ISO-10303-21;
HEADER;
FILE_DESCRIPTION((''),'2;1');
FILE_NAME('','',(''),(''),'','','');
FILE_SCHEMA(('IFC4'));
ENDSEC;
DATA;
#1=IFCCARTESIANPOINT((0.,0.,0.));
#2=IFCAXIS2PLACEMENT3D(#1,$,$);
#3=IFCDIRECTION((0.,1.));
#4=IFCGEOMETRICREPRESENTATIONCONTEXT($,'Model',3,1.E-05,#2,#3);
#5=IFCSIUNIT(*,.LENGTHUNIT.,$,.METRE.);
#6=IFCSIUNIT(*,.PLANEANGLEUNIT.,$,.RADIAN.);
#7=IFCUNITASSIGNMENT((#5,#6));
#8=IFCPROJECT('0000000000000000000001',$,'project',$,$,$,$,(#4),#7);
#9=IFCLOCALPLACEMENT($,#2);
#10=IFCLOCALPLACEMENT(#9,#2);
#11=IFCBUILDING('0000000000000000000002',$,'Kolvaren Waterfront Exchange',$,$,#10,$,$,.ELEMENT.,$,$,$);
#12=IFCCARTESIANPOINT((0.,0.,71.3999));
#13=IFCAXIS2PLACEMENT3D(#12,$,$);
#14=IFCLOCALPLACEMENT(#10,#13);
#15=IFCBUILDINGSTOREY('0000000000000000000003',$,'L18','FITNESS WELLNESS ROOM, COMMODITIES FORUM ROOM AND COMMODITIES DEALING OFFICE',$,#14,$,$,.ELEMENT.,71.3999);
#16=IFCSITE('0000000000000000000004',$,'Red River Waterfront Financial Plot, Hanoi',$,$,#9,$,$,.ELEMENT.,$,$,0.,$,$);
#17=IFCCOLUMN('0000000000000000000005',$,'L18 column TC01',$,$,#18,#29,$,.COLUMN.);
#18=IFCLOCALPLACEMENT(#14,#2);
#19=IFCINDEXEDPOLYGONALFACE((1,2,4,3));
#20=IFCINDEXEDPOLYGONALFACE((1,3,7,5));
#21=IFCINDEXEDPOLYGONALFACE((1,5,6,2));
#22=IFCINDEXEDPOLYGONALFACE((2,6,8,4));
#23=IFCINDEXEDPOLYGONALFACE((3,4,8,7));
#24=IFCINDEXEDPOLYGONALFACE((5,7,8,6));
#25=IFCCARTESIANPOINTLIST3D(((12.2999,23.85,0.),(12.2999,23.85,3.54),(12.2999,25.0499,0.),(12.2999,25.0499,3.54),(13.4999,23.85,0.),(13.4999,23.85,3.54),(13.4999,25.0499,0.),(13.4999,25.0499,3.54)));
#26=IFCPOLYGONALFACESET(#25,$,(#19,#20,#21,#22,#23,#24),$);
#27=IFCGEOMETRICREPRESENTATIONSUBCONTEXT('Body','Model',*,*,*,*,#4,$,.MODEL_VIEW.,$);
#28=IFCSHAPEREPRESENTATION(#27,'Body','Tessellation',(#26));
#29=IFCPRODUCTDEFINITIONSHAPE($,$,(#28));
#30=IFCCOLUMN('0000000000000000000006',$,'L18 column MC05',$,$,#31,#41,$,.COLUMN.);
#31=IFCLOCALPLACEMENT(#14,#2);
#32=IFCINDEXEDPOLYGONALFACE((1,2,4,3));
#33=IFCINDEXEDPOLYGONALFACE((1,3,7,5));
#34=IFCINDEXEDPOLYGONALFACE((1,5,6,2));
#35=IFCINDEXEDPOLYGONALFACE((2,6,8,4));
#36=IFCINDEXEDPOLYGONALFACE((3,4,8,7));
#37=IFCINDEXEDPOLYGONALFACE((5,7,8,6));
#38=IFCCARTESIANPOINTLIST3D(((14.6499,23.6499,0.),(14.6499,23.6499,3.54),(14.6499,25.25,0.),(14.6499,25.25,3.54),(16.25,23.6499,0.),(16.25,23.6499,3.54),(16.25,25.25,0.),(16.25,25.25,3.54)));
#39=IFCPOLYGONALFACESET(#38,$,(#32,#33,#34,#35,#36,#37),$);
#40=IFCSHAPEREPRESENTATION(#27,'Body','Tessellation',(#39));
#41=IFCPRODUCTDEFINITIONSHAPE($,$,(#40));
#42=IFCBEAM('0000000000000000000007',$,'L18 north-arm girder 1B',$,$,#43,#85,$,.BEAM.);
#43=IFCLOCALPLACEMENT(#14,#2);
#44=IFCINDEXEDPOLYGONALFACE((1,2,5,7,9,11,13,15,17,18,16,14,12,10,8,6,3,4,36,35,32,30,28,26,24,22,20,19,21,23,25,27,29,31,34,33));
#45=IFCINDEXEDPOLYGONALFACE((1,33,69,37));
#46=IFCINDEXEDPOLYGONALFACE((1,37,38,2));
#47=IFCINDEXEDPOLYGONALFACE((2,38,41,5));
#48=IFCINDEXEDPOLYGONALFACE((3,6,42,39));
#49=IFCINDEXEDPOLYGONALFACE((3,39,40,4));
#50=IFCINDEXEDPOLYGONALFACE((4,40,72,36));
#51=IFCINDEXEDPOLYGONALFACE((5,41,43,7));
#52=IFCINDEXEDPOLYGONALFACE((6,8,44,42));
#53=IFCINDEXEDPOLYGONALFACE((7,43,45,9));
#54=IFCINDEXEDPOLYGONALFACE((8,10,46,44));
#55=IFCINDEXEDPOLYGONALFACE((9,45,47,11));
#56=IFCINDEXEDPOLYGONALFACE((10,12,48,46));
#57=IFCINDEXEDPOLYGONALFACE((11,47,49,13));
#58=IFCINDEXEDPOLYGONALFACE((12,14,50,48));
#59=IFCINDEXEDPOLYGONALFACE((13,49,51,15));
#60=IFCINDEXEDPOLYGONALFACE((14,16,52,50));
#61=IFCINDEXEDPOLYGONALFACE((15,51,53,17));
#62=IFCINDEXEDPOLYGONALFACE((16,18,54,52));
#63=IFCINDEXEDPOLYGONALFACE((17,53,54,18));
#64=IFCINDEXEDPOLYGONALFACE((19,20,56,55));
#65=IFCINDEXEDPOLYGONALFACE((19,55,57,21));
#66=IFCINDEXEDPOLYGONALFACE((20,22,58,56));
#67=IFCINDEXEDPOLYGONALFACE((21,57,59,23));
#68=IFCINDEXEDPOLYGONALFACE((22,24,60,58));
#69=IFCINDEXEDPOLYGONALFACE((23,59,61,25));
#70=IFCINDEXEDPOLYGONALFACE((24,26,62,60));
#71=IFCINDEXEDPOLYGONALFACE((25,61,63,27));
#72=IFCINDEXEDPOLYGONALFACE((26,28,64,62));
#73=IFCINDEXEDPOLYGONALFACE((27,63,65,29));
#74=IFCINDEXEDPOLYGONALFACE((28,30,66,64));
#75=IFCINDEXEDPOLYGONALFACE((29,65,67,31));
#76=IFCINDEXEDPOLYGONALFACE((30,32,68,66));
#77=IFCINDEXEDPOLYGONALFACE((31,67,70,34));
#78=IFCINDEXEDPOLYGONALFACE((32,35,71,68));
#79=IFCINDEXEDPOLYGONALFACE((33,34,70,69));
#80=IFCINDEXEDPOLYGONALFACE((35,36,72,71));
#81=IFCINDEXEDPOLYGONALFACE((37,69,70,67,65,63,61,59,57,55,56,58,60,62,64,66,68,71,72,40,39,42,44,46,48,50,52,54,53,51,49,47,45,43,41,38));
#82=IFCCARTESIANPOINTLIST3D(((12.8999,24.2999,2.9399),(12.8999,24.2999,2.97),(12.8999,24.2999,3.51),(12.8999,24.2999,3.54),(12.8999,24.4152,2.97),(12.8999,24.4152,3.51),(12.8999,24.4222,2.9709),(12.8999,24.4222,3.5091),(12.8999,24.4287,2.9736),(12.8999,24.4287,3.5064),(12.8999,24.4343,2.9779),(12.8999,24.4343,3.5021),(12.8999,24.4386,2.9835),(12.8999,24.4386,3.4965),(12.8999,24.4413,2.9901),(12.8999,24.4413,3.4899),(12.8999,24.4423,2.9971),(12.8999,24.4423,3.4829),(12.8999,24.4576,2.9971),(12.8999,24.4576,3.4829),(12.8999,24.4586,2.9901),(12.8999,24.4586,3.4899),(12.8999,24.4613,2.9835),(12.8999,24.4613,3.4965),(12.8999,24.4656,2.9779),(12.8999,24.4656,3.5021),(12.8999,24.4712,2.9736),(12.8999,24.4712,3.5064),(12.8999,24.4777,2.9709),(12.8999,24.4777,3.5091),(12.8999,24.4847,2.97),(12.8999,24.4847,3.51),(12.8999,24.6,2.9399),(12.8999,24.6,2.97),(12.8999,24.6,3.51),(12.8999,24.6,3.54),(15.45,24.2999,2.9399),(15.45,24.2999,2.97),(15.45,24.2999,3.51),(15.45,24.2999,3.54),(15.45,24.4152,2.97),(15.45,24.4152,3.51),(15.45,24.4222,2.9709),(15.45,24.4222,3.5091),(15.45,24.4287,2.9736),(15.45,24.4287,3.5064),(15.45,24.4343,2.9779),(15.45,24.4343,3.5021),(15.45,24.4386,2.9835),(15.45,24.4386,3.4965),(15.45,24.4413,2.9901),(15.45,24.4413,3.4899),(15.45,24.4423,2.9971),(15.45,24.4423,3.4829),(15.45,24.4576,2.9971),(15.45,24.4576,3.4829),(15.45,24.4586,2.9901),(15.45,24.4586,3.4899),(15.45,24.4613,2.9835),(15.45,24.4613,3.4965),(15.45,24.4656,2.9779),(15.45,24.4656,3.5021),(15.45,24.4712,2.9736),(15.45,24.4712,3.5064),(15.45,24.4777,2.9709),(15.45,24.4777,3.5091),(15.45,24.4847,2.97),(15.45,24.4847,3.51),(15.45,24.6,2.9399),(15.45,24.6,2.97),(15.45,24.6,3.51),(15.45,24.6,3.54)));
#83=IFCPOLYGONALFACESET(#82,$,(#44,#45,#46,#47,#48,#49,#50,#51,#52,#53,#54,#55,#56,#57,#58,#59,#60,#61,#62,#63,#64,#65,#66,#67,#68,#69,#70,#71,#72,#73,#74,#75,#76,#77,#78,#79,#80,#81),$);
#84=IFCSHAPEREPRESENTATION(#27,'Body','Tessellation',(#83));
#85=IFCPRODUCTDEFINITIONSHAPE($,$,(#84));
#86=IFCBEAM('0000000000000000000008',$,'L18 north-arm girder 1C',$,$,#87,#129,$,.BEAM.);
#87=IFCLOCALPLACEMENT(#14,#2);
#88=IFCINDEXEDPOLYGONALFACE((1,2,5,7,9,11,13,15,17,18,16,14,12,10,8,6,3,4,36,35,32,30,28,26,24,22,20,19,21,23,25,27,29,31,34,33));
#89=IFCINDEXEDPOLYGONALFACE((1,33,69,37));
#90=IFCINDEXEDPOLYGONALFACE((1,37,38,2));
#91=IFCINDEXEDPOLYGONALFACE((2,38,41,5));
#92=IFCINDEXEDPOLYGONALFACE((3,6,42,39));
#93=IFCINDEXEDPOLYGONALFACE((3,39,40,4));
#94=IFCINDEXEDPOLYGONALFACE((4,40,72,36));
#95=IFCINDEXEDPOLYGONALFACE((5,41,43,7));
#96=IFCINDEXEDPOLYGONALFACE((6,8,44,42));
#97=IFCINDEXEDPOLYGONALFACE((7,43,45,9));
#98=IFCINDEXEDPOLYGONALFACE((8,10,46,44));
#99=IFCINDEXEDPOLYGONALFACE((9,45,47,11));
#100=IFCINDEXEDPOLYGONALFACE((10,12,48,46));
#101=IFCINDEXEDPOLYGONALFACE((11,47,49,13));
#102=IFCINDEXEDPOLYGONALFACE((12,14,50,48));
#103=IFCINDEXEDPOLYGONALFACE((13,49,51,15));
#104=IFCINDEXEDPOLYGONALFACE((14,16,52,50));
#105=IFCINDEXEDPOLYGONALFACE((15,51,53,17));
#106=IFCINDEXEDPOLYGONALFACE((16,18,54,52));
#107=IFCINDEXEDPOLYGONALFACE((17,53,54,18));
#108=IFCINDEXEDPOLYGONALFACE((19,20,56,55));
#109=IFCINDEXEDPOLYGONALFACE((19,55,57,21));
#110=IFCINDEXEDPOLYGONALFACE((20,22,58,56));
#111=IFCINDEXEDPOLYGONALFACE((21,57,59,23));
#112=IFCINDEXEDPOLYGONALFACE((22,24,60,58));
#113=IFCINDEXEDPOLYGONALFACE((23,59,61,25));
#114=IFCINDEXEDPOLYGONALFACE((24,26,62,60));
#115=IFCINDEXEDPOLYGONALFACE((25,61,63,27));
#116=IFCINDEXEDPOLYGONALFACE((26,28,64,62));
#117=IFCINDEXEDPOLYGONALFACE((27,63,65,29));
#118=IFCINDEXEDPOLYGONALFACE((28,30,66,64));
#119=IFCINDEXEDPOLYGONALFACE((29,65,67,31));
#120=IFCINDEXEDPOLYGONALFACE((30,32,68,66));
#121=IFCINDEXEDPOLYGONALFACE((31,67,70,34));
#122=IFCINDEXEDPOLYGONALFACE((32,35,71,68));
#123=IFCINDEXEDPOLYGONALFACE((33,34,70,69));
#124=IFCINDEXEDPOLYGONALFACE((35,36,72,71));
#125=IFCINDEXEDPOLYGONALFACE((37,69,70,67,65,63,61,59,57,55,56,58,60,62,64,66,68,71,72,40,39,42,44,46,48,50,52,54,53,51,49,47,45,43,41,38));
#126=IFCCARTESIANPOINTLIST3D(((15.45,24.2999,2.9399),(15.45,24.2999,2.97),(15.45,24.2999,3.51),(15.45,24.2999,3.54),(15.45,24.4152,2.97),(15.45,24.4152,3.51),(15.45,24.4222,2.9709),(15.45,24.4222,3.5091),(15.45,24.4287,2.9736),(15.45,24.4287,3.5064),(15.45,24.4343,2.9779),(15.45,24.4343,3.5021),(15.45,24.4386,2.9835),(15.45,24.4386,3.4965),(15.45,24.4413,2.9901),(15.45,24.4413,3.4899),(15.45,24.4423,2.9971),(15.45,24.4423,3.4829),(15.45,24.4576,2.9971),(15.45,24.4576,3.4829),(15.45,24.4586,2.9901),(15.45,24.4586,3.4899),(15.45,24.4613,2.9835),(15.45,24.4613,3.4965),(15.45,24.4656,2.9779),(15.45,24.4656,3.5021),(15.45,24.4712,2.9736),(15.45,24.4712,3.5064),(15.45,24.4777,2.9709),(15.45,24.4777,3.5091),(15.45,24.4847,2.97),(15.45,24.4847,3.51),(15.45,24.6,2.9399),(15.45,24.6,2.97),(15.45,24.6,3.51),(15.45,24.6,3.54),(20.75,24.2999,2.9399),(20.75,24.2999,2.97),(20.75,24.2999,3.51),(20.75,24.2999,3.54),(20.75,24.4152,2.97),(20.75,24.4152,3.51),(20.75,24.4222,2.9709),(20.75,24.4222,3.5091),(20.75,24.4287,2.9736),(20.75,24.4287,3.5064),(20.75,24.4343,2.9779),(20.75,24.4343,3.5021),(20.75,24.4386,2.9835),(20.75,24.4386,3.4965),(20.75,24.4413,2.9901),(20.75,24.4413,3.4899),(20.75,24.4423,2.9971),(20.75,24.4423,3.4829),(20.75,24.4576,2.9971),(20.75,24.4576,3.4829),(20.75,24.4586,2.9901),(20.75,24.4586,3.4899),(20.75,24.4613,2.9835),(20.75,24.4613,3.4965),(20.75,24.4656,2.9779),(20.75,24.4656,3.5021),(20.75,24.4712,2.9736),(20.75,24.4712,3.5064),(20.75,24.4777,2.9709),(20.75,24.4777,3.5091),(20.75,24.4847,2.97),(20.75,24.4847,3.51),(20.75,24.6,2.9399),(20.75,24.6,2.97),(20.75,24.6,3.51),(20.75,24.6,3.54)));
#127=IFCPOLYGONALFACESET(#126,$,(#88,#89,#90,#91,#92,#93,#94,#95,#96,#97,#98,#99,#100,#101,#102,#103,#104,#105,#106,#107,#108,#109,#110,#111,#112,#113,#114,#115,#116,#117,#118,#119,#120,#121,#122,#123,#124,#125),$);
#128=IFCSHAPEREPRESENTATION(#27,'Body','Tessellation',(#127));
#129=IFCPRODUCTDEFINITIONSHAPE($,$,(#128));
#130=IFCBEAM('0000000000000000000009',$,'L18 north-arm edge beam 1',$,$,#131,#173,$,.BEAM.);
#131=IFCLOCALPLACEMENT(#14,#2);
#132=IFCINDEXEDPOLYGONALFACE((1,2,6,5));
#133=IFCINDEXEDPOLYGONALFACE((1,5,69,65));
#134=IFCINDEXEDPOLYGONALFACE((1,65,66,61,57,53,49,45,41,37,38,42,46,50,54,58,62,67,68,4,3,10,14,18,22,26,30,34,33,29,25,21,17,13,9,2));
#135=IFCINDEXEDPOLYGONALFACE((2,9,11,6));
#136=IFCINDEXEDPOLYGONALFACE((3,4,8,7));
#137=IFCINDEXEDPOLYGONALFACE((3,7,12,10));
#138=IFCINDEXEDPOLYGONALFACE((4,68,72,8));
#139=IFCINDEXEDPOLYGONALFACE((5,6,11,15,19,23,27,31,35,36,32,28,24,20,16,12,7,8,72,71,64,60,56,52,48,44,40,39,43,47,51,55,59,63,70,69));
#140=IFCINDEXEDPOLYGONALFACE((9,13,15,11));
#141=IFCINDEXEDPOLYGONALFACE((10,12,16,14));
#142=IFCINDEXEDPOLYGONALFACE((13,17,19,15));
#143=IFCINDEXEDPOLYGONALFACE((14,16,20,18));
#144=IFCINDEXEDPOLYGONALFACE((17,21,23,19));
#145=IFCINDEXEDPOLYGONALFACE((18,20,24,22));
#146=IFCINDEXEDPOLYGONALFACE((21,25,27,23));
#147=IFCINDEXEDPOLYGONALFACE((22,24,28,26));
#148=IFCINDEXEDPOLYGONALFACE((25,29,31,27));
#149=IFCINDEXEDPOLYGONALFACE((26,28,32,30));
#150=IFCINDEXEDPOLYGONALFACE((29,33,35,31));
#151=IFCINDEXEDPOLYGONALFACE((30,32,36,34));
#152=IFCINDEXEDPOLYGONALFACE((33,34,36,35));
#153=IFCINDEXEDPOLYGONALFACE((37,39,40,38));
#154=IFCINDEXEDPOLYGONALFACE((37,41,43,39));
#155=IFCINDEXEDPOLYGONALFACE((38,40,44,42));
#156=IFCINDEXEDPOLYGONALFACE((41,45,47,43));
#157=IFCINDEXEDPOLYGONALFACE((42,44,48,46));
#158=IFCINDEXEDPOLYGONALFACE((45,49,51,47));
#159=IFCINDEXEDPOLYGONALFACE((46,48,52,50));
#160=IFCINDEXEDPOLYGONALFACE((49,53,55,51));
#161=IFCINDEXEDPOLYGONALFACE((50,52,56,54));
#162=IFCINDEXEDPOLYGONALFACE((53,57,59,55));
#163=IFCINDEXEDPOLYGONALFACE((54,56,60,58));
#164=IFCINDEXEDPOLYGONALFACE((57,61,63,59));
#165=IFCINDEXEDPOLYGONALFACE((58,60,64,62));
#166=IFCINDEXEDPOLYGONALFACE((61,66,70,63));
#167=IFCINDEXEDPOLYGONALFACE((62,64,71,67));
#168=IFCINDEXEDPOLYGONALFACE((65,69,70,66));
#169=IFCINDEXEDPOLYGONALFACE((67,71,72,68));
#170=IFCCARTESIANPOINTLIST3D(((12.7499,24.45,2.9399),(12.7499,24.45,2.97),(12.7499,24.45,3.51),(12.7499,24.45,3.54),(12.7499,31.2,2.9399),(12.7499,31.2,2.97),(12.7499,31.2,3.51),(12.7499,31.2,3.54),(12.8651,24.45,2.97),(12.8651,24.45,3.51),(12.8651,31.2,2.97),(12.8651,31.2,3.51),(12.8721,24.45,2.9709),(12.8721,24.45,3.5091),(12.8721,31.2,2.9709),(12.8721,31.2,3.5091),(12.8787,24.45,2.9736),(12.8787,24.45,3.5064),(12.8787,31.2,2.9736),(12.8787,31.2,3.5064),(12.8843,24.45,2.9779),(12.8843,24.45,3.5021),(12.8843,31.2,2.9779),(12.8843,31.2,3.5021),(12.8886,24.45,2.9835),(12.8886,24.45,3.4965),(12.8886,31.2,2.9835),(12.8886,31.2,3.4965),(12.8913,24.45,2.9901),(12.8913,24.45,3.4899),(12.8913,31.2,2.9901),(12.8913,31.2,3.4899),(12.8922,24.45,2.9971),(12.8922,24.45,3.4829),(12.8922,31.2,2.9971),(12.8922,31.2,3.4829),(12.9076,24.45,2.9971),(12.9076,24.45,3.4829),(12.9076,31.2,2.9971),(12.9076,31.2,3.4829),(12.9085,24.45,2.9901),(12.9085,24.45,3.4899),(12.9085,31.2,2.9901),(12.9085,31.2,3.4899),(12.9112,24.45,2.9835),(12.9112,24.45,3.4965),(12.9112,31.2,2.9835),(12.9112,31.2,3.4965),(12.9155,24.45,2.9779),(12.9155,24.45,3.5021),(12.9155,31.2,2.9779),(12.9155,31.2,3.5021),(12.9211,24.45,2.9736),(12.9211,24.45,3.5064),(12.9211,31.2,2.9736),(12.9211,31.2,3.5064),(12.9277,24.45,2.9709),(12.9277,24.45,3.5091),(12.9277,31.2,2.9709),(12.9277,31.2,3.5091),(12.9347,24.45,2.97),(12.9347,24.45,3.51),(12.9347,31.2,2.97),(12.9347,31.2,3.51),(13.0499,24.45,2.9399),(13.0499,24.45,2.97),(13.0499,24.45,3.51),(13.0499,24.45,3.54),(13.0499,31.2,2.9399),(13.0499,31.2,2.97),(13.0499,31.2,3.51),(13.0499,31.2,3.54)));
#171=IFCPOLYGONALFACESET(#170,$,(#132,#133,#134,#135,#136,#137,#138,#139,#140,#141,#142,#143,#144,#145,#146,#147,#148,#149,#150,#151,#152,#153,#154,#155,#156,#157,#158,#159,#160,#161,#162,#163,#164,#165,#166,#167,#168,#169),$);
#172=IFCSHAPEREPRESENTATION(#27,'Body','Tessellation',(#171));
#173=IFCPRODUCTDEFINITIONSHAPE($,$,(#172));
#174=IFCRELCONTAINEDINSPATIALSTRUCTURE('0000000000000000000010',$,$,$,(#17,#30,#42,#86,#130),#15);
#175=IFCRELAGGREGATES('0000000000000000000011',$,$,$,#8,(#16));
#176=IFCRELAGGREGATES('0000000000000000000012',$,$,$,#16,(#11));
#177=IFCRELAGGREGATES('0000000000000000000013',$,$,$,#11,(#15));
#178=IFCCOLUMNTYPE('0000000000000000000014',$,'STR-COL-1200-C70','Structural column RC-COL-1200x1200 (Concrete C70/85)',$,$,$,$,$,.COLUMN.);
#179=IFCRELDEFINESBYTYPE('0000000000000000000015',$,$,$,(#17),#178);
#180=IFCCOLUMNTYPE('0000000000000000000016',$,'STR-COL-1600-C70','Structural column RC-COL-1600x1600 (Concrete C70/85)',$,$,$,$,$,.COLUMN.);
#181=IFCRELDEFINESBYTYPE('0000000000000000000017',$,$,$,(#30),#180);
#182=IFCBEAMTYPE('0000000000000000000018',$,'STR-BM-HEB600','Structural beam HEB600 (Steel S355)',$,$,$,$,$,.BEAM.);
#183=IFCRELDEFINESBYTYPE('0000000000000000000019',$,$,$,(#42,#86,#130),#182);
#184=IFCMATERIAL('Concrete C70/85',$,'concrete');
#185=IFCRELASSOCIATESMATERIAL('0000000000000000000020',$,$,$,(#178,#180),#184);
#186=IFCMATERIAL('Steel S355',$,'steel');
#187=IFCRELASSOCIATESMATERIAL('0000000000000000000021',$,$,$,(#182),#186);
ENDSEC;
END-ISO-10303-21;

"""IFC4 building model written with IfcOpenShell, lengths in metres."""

from ifc_helpers import new_model, si_unit, direction, frame, origin, origin_2d, place, context, subcontext, project, spatial, rectangle, i_section, extrude, material, material_profile, profile_set, type_object, element, save


model = new_model("IFC4")

# Units and contexts
model_context = context("Model", 3, precision=1e-05, world=origin(), true_north=direction((0.0, 1.0)))
body_context = subcontext(model_context, "Body", "Model", "MODEL_VIEW")
ifc_project = project(units=[si_unit("LENGTHUNIT", "METRE"), si_unit("PLANEANGLEUNIT", "RADIAN")], contexts=[model_context])

# Site, building, storey
site_placement = place(None, origin())
site = spatial("IfcSite", under=ifc_project, at=site_placement, Name="Red River Waterfront Financial Plot, Hanoi", CompositionType="ELEMENT", RefElevation=0.0)
building_placement = place(site_placement, origin())
building = spatial("IfcBuilding", under=site, at=building_placement, Name="Kolvaren Waterfront Exchange", CompositionType="ELEMENT")
storey_placement = place(building_placement, frame((0.0, 0.0, 71.3999)))
storey = spatial("IfcBuildingStorey", under=building, at=storey_placement, Name="L18", Description="FITNESS WELLNESS ROOM, COMMODITIES FORUM ROOM AND COMMODITIES DEALING OFFICE", CompositionType="ELEMENT", Elevation=71.3999)

# Columns
ifc_material_1 = material(Name="Concrete C70/85", Category="concrete")
ifc_material_profile_1 = material_profile(ifc_material_1, rectangle(XDim=1.2, YDim=1.2, at=origin_2d()), Name="RC-COL-1200x1200")
ifc_profile_set_1 = profile_set([ifc_material_profile_1], Name="Concrete C70/85")
column_type_1 = type_object("IfcColumnType", Name="STR-COL-1200-C70", Description="Structural column RC-COL-1200x1200 (Concrete C70/85)", PredefinedType="COLUMN", material=ifc_profile_set_1)
column_1_placement = place(storey_placement, frame((12.8999, 24.45, 0.0), z_axis=(0.0, 0.0, 1.0), x_axis=(1.0, 0.0, 0.0)))
element("IfcColumn", 1, at=column_1_placement, inside=storey, type_object=column_type_1, Name="L18 column TC01", PredefinedType="COLUMN", context=body_context, shape_type="SweptSolid", body=[
    extrude(rectangle(XDim=1.2, YDim=1.2, at=origin_2d()), origin(), (0.0, 0.0, 1.0), 3.54),
])
ifc_material_profile_2 = material_profile(ifc_material_1, rectangle(XDim=1.6001, YDim=1.6001, at=origin_2d()), Name="RC-COL-1600x1600")
ifc_profile_set_2 = profile_set([ifc_material_profile_2], Name="Concrete C70/85")
column_type_2 = type_object("IfcColumnType", Name="STR-COL-1600-C70", Description="Structural column RC-COL-1600x1600 (Concrete C70/85)", PredefinedType="COLUMN", material=ifc_profile_set_2)
column_2_placement = place(storey_placement, frame((15.45, 24.45, 0.0), z_axis=(0.0, 0.0, 1.0), x_axis=(1.0, 0.0, 0.0)))
element("IfcColumn", 2, at=column_2_placement, inside=storey, type_object=column_type_2, Name="L18 column MC05", PredefinedType="COLUMN", context=body_context, shape_type="SweptSolid", body=[
    extrude(rectangle(XDim=1.6001, YDim=1.6001, at=origin_2d()), origin(), (0.0, 0.0, 1.0), 3.54),
])

# Beams
ifc_material_2 = material(Name="Steel S355", Category="steel")
ifc_material_profile_3 = material_profile(ifc_material_2, i_section(OverallWidth=0.3, OverallDepth=0.6001, WebThickness=0.0154, FlangeThickness=0.03, FilletRadius=0.0271, at=origin_2d()), Name="HEB600")
ifc_profile_set_3 = profile_set([ifc_material_profile_3], Name="Steel S355")
beam_type_1 = type_object("IfcBeamType", Name="STR-BM-HEB600", Description="Structural beam HEB600 (Steel S355)", PredefinedType="BEAM", material=ifc_profile_set_3)
beam_1_placement = place(storey_placement, frame((12.8999, 24.45, 3.24), z_axis=(1.0, 0.0, 0.0), x_axis=(0.0, 1.0, 0.0)))
element("IfcBeam", 3, at=beam_1_placement, inside=storey, type_object=beam_type_1, Name="L18 north-arm girder 1B", PredefinedType="BEAM", context=body_context, shape_type="SweptSolid", body=[
    extrude(i_section(OverallWidth=0.3, OverallDepth=0.6001, WebThickness=0.0154, FlangeThickness=0.03, FilletRadius=0.0271, at=origin_2d()), origin(), (0.0, 0.0, 1.0), 2.55),
])
beam_2_placement = place(storey_placement, frame((15.45, 24.45, 3.24), z_axis=(1.0, 0.0, 0.0), x_axis=(0.0, 1.0, 0.0)))
element("IfcBeam", 4, at=beam_2_placement, inside=storey, type_object=beam_type_1, Name="L18 north-arm girder 1C", PredefinedType="BEAM", context=body_context, shape_type="SweptSolid", body=[
    extrude(i_section(OverallWidth=0.3, OverallDepth=0.6001, WebThickness=0.0154, FlangeThickness=0.03, FilletRadius=0.0271, at=origin_2d()), origin(), (0.0, 0.0, 1.0), 5.3),
])
beam_3_placement = place(storey_placement, frame((12.8999, 24.45, 3.24), z_axis=(0.0, 1.0, 0.0), x_axis=(-1.0, 0.0, 0.0)))
element("IfcBeam", 5, at=beam_3_placement, inside=storey, type_object=beam_type_1, Name="L18 north-arm edge beam 1", PredefinedType="BEAM", context=body_context, shape_type="SweptSolid", body=[
    extrude(i_section(OverallWidth=0.3, OverallDepth=0.6001, WebThickness=0.0154, FlangeThickness=0.03, FilletRadius=0.0271, at=origin_2d()), origin(), (0.0, 0.0, 1.0), 6.75),
])

save(model, "model.ifc")
